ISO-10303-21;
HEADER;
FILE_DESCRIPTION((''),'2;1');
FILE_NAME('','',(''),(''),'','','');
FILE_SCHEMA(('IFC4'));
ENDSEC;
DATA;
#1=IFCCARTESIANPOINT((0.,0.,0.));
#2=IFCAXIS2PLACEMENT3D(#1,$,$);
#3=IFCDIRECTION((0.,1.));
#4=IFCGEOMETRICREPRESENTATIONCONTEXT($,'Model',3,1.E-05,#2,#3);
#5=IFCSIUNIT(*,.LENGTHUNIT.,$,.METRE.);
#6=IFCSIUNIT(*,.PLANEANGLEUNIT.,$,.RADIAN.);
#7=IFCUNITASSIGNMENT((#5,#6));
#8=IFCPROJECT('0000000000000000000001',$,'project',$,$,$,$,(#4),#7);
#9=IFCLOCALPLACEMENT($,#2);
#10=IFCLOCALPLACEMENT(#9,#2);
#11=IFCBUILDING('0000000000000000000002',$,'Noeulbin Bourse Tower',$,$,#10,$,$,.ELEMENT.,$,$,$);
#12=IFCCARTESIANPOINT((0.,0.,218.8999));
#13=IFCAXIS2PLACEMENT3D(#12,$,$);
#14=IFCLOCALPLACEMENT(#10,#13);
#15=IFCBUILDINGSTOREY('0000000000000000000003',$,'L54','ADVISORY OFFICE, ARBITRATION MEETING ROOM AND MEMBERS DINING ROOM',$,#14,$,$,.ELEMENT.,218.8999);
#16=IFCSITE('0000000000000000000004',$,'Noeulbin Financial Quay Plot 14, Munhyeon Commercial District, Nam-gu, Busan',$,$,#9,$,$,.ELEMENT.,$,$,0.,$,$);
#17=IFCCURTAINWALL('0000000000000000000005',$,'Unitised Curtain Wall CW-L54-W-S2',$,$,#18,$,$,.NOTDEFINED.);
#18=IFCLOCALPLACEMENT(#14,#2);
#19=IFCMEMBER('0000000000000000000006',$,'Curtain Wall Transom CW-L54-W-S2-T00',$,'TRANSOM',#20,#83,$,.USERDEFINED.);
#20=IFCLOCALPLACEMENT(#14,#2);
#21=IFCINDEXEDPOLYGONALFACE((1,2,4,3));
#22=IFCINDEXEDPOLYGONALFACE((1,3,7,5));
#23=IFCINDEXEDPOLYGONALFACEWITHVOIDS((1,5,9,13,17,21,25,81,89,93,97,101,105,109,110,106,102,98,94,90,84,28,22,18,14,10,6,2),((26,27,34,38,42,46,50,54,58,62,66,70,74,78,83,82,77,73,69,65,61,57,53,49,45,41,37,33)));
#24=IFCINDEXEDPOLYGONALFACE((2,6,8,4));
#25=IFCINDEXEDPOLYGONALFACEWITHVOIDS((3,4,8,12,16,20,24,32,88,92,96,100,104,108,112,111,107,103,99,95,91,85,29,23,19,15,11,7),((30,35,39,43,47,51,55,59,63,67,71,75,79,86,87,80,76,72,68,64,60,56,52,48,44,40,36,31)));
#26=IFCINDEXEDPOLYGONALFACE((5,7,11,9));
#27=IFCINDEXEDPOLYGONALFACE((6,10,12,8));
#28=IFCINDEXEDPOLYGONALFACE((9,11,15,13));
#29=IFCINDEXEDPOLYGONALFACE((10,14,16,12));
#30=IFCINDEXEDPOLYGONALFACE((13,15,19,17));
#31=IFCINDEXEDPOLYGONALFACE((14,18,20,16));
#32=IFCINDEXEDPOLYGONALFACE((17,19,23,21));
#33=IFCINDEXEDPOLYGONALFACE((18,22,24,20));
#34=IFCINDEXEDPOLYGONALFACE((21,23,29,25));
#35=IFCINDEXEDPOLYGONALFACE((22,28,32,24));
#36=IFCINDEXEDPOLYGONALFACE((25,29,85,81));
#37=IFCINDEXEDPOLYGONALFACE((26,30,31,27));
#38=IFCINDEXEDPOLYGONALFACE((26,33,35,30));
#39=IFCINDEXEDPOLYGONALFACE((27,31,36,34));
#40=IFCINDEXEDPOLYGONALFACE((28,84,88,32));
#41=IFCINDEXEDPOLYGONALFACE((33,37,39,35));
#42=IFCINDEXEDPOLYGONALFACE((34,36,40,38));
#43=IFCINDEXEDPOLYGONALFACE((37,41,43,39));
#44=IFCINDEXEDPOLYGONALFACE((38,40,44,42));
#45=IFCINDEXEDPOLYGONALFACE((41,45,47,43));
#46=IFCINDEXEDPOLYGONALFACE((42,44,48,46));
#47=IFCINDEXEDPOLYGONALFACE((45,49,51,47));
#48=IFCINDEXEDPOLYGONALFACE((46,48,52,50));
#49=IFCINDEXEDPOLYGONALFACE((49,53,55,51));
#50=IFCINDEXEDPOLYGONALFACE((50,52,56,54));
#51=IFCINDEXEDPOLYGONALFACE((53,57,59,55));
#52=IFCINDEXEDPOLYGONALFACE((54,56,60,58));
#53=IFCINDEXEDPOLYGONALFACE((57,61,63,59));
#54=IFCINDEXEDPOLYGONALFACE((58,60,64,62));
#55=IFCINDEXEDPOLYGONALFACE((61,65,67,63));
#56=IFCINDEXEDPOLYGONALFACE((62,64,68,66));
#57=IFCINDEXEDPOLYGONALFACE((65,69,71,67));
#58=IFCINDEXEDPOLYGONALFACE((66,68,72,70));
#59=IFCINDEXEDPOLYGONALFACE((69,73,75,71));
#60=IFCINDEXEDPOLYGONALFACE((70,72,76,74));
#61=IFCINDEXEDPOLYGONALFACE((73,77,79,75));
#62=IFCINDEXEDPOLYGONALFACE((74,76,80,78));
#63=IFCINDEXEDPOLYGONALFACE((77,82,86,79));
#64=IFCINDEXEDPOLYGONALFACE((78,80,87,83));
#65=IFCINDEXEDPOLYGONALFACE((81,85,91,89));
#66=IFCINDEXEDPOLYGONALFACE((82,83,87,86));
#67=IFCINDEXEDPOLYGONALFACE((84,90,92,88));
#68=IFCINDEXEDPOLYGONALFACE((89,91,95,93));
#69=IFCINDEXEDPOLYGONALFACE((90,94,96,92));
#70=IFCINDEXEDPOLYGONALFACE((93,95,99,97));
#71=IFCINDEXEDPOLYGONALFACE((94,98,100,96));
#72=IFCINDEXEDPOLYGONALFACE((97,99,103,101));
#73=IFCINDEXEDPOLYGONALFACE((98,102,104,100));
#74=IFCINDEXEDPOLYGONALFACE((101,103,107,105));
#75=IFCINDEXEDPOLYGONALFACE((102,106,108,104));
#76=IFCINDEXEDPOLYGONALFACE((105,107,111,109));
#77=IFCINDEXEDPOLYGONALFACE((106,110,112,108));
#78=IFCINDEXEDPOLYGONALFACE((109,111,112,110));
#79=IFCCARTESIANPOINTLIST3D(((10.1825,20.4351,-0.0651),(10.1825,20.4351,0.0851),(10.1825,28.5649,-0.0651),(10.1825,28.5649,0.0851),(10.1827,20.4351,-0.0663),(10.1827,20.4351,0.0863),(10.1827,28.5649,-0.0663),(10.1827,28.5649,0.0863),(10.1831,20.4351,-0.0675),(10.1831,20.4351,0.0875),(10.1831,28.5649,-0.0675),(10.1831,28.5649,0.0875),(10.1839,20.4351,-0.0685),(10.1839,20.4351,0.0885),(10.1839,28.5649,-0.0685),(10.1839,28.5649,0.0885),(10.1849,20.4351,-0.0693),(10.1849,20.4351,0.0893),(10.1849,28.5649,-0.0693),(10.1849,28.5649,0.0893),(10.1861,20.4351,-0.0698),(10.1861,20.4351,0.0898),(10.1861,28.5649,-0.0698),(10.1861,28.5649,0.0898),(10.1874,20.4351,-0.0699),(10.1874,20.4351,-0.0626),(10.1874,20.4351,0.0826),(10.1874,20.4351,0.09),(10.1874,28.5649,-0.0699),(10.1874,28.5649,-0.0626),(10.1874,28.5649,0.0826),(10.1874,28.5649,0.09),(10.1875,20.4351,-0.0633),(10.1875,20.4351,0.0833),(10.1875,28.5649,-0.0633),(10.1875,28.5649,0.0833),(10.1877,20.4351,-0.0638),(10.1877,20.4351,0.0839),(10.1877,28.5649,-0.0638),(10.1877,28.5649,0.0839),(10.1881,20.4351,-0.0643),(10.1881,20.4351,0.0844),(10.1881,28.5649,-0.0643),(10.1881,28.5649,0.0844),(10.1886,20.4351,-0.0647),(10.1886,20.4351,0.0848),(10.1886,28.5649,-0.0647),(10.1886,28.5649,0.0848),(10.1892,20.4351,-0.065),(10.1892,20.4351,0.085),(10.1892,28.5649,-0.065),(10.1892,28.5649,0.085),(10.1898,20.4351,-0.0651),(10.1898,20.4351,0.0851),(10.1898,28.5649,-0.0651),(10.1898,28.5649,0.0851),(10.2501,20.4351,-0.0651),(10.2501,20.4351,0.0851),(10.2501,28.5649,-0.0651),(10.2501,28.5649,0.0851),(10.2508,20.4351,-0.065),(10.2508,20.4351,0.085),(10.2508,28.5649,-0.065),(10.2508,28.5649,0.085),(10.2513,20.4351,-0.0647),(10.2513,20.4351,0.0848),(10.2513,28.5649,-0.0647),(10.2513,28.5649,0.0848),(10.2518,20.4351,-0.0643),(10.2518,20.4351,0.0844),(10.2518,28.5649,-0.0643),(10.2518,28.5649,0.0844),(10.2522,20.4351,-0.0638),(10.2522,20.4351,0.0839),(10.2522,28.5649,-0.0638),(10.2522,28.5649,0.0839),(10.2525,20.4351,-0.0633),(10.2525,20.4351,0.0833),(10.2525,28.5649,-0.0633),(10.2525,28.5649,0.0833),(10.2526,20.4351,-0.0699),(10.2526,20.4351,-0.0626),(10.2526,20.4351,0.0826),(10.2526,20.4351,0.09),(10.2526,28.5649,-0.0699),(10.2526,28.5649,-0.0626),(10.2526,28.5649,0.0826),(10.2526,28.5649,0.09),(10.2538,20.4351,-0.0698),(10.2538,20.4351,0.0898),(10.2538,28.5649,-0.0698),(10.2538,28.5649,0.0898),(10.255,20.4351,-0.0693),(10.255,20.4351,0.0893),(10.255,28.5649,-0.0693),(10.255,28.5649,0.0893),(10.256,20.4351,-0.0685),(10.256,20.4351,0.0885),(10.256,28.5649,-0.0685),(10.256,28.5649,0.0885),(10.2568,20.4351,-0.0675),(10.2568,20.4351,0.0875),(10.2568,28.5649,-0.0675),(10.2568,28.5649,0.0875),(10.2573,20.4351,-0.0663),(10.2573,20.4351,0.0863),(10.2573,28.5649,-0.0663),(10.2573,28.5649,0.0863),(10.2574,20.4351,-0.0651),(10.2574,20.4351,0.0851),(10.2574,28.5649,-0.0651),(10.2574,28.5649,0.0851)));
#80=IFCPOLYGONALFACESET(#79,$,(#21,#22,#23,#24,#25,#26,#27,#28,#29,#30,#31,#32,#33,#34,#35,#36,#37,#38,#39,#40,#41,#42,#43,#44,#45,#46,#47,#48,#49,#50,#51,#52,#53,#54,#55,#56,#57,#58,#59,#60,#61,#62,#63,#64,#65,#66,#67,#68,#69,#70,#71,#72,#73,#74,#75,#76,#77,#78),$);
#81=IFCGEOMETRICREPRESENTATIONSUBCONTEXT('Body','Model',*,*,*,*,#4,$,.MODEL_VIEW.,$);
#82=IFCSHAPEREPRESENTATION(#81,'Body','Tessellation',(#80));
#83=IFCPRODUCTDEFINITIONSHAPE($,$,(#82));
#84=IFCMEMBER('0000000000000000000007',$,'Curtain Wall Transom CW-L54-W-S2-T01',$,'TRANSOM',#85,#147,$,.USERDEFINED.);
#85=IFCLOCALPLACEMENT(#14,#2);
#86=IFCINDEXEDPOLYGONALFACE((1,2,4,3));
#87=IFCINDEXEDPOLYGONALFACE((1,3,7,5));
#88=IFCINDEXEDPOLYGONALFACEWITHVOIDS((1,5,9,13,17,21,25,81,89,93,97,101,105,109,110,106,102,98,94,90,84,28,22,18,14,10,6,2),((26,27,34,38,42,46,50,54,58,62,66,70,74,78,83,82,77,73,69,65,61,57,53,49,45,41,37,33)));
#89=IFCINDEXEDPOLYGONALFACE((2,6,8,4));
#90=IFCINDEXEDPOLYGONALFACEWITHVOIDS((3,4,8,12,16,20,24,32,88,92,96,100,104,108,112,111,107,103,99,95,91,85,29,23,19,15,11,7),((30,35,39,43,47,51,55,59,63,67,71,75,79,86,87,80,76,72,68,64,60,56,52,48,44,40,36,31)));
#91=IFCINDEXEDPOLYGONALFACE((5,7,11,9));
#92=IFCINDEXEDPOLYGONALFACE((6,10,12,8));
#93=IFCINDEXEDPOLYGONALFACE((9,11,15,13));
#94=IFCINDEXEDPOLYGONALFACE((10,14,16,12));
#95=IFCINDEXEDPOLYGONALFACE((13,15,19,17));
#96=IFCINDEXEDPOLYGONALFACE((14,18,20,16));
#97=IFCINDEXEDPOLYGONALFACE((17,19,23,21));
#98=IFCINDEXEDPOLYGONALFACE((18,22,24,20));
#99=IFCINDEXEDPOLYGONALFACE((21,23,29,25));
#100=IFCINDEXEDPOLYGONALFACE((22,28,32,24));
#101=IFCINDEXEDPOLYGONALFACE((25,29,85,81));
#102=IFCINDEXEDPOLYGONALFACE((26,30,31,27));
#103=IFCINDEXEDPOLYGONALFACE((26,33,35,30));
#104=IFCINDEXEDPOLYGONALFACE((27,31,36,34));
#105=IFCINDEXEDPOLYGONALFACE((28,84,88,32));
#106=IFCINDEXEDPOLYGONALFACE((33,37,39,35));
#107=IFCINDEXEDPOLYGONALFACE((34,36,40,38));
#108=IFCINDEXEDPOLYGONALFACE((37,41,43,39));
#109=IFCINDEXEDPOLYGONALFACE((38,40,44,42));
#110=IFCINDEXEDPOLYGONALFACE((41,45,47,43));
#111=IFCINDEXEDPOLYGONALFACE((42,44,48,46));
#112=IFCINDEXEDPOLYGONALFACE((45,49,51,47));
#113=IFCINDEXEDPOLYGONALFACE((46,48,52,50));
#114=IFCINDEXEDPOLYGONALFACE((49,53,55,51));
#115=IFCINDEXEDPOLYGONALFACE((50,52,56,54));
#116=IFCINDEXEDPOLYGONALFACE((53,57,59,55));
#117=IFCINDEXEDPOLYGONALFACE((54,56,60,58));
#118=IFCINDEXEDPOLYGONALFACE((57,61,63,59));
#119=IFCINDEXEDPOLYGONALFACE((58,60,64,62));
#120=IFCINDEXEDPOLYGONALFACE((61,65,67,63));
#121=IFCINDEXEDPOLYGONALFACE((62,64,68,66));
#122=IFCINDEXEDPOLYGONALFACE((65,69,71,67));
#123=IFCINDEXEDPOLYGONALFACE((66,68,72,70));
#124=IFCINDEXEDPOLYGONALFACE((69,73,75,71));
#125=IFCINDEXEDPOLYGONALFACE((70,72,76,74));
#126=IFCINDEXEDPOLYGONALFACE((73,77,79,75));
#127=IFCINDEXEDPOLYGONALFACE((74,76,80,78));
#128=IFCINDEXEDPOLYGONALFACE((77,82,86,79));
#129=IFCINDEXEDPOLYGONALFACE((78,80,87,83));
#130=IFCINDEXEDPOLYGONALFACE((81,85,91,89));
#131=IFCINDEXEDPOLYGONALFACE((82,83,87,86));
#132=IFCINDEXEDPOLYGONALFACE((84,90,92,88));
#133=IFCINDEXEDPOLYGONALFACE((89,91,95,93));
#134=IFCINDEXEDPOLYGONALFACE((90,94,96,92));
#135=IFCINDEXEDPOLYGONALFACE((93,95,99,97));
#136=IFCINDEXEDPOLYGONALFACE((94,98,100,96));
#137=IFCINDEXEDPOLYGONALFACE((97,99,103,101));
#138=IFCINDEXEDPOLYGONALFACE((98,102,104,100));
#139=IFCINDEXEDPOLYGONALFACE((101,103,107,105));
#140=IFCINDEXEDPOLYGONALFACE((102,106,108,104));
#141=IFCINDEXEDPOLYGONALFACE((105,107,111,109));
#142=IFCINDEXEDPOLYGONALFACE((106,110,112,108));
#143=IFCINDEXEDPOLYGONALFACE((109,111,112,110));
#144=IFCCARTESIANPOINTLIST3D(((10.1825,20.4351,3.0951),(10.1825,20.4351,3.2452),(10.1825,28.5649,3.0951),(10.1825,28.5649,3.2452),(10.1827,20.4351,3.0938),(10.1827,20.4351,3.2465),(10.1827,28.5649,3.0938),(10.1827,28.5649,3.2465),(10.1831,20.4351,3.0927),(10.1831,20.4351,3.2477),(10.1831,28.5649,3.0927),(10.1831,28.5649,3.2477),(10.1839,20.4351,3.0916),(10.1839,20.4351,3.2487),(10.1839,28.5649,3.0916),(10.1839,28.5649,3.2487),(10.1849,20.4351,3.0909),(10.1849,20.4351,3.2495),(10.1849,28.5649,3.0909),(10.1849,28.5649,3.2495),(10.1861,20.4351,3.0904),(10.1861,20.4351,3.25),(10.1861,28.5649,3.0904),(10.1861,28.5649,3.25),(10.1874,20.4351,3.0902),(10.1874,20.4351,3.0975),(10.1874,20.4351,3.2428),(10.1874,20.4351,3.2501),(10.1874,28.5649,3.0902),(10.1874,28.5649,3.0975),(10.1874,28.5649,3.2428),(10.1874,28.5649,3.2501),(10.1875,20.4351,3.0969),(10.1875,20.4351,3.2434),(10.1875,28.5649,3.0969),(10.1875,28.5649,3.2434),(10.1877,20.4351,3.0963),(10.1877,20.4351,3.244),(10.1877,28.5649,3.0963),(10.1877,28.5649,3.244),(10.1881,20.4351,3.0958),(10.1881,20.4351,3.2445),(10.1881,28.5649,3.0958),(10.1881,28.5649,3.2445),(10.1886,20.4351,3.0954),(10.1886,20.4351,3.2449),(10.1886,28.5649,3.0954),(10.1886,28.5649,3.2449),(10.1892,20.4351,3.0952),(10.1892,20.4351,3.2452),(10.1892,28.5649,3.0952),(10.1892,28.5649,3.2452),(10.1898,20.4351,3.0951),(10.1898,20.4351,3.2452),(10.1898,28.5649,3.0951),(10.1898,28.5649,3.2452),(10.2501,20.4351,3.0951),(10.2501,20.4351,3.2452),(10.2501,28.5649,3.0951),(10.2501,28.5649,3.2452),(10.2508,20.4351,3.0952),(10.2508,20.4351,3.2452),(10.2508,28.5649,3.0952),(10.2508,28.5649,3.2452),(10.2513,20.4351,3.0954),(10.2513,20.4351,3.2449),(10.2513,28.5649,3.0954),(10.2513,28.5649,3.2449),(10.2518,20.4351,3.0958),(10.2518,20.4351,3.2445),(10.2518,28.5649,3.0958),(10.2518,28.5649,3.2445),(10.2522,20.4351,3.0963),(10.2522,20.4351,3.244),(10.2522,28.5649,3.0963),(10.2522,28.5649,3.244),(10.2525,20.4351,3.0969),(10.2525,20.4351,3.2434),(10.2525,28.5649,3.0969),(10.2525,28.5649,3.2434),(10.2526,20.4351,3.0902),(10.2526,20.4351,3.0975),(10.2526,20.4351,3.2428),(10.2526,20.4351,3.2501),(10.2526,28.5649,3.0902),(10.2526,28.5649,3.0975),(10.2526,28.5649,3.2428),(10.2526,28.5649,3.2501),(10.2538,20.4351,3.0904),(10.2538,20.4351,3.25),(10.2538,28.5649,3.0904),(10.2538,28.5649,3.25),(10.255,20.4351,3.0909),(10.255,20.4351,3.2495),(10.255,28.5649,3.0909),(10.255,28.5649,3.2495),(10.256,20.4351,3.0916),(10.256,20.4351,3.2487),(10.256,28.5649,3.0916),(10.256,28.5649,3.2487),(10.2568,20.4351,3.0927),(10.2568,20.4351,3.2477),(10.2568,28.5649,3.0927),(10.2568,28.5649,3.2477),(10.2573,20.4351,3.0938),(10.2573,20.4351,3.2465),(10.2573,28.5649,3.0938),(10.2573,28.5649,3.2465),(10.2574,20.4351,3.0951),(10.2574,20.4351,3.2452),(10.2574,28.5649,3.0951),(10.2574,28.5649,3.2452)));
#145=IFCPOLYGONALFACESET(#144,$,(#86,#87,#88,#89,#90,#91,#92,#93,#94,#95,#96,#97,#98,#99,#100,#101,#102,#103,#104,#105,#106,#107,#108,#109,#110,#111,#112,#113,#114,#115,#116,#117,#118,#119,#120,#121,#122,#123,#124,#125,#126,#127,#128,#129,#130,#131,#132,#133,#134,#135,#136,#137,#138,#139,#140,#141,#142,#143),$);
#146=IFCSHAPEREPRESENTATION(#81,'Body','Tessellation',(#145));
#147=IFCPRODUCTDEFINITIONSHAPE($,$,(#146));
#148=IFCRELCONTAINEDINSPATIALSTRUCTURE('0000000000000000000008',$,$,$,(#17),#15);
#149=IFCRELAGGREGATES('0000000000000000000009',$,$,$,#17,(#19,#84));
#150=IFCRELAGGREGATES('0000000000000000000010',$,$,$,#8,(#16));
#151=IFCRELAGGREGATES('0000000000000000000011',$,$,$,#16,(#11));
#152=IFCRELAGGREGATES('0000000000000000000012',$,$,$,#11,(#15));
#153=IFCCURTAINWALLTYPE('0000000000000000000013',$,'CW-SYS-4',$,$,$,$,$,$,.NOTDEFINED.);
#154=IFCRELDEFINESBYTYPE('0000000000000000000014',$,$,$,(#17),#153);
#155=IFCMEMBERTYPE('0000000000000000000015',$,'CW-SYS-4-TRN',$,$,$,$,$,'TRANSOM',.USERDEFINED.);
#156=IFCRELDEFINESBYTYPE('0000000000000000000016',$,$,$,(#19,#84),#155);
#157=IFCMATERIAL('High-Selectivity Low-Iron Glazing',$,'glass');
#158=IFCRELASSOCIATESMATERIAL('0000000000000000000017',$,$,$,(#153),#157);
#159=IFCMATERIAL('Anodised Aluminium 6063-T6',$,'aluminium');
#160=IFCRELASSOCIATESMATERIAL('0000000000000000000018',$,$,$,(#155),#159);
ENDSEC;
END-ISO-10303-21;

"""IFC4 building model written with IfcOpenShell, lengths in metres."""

from ifc_helpers import new_model, si_unit, direction, frame, origin, origin_2d, place, context, subcontext, project, spatial, hollow_rectangle, extrude, material, material_profile, profile_set, type_object, element, aggregate, save


model = new_model("IFC4")

# Units and contexts
model_context = context("Model", 3, precision=1e-05, world=origin(), true_north=direction((0.0, 1.0)))
body_context = subcontext(model_context, "Body", "Model", "MODEL_VIEW")
ifc_project = project(units=[si_unit("LENGTHUNIT", "METRE"), si_unit("PLANEANGLEUNIT", "RADIAN")], contexts=[model_context])

# Site, building, storey
site_placement = place(None, origin())
site = spatial("IfcSite", under=ifc_project, at=site_placement, Name="Noeulbin Financial Quay Plot 14, Munhyeon Commercial District, Nam-gu, Busan", CompositionType="ELEMENT", RefElevation=0.0)
building_placement = place(site_placement, origin())
building = spatial("IfcBuilding", under=site, at=building_placement, Name="Noeulbin Bourse Tower", CompositionType="ELEMENT")
storey_placement = place(building_placement, frame((0.0, 0.0, 218.8999)))
storey = spatial("IfcBuildingStorey", under=building, at=storey_placement, Name="L54", Description="ADVISORY OFFICE, ARBITRATION MEETING ROOM AND MEMBERS DINING ROOM", CompositionType="ELEMENT", Elevation=218.8999)

# Curtain wall
ifc_material_1 = material(Name="High-Selectivity Low-Iron Glazing", Category="glass")
curtain_wall_type = type_object("IfcCurtainWallType", Name="CW-SYS-4", PredefinedType="NOTDEFINED", material=ifc_material_1)
curtain_wall_1_placement = place(storey_placement, origin())
curtain_wall_1 = element("IfcCurtainWall", 1, at=curtain_wall_1_placement, inside=storey, type_object=curtain_wall_type, Name="Unitised Curtain Wall CW-L54-W-S2", PredefinedType="NOTDEFINED")
ifc_material_2 = material(Name="Anodised Aluminium 6063-T6", Category="aluminium")

# Members
ifc_material_profile_1 = material_profile(ifc_material_2, hollow_rectangle(XDim=0.075, YDim=0.1599, WallThickness=0.0049, InnerFilletRadius=0.0024, OuterFilletRadius=0.0049, at=origin_2d()), Name="ALU-TRAN-75x160x5", Category="LoadBearing")
ifc_profile_set_1 = profile_set([ifc_material_profile_1], Name="Anodised Aluminium 6063-T6")
member_type_1 = type_object("IfcMemberType", Name="CW-SYS-4-TRN", ElementType="TRANSOM", PredefinedType="USERDEFINED", material=ifc_profile_set_1)
member_1_placement = place(storey_placement, frame((10.22, 20.4351, 0.01), z_axis=(0.0, 1.0, 0.0), x_axis=(-1.0, 0.0, 0.0)))
member_1 = element("IfcMember", 2, at=member_1_placement, type_object=member_type_1, Name="Curtain Wall Transom CW-L54-W-S2-T00", ObjectType="TRANSOM", PredefinedType="USERDEFINED", context=body_context, shape_type="SweptSolid", body=[
    extrude(hollow_rectangle(XDim=0.075, YDim=0.1599, WallThickness=0.0049, InnerFilletRadius=0.0024, OuterFilletRadius=0.0049, at=origin_2d()), origin(), (0.0, 0.0, 1.0), 8.1299),
])
member_2_placement = place(storey_placement, frame((10.22, 20.4351, 3.1702), z_axis=(0.0, 1.0, 0.0), x_axis=(-1.0, 0.0, 0.0)))
member_2 = element("IfcMember", 3, at=member_2_placement, type_object=member_type_1, Name="Curtain Wall Transom CW-L54-W-S2-T01", ObjectType="TRANSOM", PredefinedType="USERDEFINED", context=body_context, shape_type="SweptSolid", body=[
    extrude(hollow_rectangle(XDim=0.075, YDim=0.1599, WallThickness=0.0049, InnerFilletRadius=0.0024, OuterFilletRadius=0.0049, at=origin_2d()), origin(), (0.0, 0.0, 1.0), 8.1299),
])

aggregate(curtain_wall_1, [member_1, member_2])

save(model, "model.ifc")
